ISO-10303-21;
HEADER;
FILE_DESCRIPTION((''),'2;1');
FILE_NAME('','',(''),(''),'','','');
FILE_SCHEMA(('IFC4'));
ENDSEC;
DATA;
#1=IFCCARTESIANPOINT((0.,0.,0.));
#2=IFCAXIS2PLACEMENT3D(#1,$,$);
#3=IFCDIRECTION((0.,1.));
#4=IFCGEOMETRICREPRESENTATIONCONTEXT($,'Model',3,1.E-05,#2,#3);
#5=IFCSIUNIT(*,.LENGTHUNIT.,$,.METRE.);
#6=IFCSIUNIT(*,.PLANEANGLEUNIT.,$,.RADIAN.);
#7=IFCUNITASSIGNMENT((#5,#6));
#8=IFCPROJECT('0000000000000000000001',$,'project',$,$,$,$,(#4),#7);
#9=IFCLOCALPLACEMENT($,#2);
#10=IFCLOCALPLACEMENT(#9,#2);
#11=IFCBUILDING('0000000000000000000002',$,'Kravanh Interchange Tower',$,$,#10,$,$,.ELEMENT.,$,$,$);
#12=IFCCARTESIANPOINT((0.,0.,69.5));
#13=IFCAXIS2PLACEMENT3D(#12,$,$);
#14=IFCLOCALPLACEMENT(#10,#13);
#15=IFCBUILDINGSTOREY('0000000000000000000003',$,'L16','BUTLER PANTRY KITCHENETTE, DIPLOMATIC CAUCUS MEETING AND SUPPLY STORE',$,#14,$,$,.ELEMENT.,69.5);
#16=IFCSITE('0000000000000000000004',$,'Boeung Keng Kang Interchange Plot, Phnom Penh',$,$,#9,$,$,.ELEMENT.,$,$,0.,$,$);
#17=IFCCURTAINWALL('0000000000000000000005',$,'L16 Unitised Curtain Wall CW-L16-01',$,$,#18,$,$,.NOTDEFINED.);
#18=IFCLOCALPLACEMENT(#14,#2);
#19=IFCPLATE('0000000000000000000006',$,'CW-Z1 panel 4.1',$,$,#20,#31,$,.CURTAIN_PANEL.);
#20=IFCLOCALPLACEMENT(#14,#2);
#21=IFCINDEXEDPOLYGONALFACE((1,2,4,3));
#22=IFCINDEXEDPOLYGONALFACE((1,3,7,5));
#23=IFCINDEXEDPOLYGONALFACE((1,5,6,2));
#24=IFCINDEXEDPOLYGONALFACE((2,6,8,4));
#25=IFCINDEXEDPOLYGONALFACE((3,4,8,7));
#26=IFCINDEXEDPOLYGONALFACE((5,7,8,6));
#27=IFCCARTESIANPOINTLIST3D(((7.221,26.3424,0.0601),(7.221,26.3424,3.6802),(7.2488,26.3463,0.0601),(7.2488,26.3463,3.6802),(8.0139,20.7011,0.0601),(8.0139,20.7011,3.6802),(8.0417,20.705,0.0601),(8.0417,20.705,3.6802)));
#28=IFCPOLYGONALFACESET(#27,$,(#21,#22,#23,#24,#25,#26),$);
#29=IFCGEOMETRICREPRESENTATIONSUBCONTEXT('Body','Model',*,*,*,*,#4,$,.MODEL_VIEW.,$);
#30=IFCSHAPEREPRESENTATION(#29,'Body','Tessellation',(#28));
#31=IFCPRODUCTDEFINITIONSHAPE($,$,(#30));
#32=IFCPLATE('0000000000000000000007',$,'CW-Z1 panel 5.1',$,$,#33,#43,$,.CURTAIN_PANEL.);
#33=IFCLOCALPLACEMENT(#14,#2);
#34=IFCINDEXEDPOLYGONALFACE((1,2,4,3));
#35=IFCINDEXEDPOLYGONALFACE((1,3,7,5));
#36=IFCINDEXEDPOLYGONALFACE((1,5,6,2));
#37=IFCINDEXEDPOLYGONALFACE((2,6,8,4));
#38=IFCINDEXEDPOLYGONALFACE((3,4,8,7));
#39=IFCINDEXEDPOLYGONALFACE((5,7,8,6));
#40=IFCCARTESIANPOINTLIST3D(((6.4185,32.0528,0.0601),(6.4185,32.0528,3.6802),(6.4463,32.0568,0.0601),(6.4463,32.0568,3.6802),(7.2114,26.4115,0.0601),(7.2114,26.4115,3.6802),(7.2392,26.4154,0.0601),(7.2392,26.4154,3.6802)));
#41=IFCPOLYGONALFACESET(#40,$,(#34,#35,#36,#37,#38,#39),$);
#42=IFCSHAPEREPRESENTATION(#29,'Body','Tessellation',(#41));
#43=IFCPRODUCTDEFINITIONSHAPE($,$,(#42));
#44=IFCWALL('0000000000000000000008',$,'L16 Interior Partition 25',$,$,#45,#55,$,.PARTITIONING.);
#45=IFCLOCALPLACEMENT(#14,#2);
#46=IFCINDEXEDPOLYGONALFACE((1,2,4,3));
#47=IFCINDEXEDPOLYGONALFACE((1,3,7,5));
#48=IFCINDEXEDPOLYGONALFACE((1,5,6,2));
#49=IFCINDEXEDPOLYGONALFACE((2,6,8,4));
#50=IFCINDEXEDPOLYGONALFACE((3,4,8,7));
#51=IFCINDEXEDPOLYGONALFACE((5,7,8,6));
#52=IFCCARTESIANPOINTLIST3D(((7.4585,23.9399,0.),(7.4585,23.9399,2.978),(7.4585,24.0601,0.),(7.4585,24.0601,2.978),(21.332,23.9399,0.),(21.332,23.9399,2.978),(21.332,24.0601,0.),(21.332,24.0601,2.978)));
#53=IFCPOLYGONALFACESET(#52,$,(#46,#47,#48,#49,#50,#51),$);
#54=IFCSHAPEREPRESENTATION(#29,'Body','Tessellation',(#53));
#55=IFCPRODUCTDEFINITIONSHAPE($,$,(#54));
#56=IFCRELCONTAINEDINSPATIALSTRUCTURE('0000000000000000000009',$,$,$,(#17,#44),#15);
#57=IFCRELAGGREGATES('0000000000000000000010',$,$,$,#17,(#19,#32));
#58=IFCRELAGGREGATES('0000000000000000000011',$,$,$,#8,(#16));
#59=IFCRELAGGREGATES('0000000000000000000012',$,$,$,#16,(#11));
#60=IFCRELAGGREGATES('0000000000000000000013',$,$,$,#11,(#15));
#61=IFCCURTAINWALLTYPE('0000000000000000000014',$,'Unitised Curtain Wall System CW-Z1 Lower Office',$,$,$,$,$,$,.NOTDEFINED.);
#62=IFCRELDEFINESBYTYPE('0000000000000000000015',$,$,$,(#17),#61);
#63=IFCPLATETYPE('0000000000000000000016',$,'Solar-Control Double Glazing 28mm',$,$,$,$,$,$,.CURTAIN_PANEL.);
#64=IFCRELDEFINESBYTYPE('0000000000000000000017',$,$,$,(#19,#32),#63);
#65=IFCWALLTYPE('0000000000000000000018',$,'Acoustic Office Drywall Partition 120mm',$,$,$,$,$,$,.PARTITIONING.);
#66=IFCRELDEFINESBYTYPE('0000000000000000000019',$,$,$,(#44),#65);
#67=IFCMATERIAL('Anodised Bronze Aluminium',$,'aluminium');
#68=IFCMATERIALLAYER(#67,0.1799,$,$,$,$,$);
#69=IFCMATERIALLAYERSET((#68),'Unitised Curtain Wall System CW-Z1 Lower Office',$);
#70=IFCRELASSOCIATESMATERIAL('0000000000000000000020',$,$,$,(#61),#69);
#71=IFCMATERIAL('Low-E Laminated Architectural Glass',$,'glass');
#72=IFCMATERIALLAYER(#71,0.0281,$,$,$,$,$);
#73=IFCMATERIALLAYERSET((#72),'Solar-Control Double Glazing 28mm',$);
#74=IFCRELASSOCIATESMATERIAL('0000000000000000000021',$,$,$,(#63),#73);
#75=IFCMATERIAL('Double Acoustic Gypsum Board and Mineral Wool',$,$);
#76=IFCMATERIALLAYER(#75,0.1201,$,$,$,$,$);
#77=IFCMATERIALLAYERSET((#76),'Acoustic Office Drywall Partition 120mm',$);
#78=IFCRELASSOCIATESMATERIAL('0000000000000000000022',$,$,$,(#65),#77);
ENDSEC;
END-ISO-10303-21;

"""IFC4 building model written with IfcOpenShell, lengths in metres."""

from ifc_helpers import new_model, si_unit, direction, frame, frame_2d, origin, origin_2d, place, context, subcontext, project, spatial, rectangle, extrude, material, layer, layer_set, type_object, element, aggregate, save


model = new_model("IFC4")

# Units and contexts
model_context = context("Model", 3, precision=1e-05, world=origin(), true_north=direction((0.0, 1.0)))
body_context = subcontext(model_context, "Body", "Model", "MODEL_VIEW")
ifc_project = project(units=[si_unit("LENGTHUNIT", "METRE"), si_unit("PLANEANGLEUNIT", "RADIAN")], contexts=[model_context])

# Site, building, storey
site_placement = place(None, origin())
site = spatial("IfcSite", under=ifc_project, at=site_placement, Name="Boeung Keng Kang Interchange Plot, Phnom Penh", CompositionType="ELEMENT", RefElevation=0.0)
building_placement = place(site_placement, origin())
building = spatial("IfcBuilding", under=site, at=building_placement, Name="Kravanh Interchange Tower", CompositionType="ELEMENT")
storey_placement = place(building_placement, frame((0.0, 0.0, 69.5)))
storey = spatial("IfcBuildingStorey", under=building, at=storey_placement, Name="L16", Description="BUTLER PANTRY KITCHENETTE, DIPLOMATIC CAUCUS MEETING AND SUPPLY STORE", CompositionType="ELEMENT", Elevation=69.5)

# Curtain wall
ifc_material_1 = material(Name="Anodised Bronze Aluminium", Category="aluminium")
ifc_layer_1 = layer(ifc_material_1, 0.1799)
ifc_layer_set_1 = layer_set([ifc_layer_1], Name="Unitised Curtain Wall System CW-Z1 Lower Office")
curtain_wall_type = type_object("IfcCurtainWallType", Name="Unitised Curtain Wall System CW-Z1 Lower Office", PredefinedType="NOTDEFINED", material=ifc_layer_set_1)
curtain_wall_placement = place(storey_placement, origin())
curtain_wall = element("IfcCurtainWall", 1, at=curtain_wall_placement, inside=storey, type_object=curtain_wall_type, Name="L16 Unitised Curtain Wall CW-L16-01", PredefinedType="NOTDEFINED")

# Plates
ifc_material_2 = material(Name="Low-E Laminated Architectural Glass", Category="glass")
ifc_layer_2 = layer(ifc_material_2, 0.0281)
ifc_layer_set_2 = layer_set([ifc_layer_2], Name="Solar-Control Double Glazing 28mm")
plate_type = type_object("IfcPlateType", Name="Solar-Control Double Glazing 28mm", PredefinedType="CURTAIN_PANEL", material=ifc_layer_set_2)
plate_1_placement = place(storey_placement, frame((7.6313, 23.5237, 0.0601), z_axis=(0.0, 0.0, 1.0), x_axis=(-0.139177, 0.990268, 0.0)))
plate_1 = element("IfcPlate", 2, at=plate_1_placement, type_object=plate_type, Name="CW-Z1 panel 4.1", PredefinedType="CURTAIN_PANEL", context=body_context, shape_type="SweptSolid", body=[
    extrude(rectangle(XDim=5.6968, YDim=0.0281, at=origin_2d()), origin(), (0.0, 0.0, 1.0), 3.6201),
])
plate_2_placement = place(storey_placement, frame((6.8289, 29.2341, 0.0601), z_axis=(0.0, 0.0, 1.0), x_axis=(-0.139177, 0.990268, 0.0)))
plate_2 = element("IfcPlate", 3, at=plate_2_placement, type_object=plate_type, Name="CW-Z1 panel 5.1", PredefinedType="CURTAIN_PANEL", context=body_context, shape_type="SweptSolid", body=[
    extrude(rectangle(XDim=5.6968, YDim=0.0281, at=origin_2d()), origin(), (0.0, 0.0, 1.0), 3.6201),
])
aggregate(curtain_wall, [plate_1, plate_2])

# Wall
ifc_material_3 = material(Name="Double Acoustic Gypsum Board and Mineral Wool")
ifc_layer_3 = layer(ifc_material_3, 0.1201)
ifc_layer_set_3 = layer_set([ifc_layer_3], Name="Acoustic Office Drywall Partition 120mm")
wall_type = type_object("IfcWallType", Name="Acoustic Office Drywall Partition 120mm", PredefinedType="PARTITIONING", material=ifc_layer_set_3)
wall_placement = place(storey_placement, frame((7.4585, 24.0, 0.0), z_axis=(0.0, 0.0, 1.0), x_axis=(1.0, 0.0, 0.0)))
element("IfcWall", 4, at=wall_placement, inside=storey, type_object=wall_type, Name="L16 Interior Partition 25", PredefinedType="PARTITIONING", context=body_context, shape_type="SweptSolid", body=[
    extrude(rectangle(XDim=13.8735, YDim=0.1201, at=frame_2d((6.9368, 0.0))), origin(), (0.0, 0.0, 1.0), 2.978),
])

save(model, "model.ifc")
